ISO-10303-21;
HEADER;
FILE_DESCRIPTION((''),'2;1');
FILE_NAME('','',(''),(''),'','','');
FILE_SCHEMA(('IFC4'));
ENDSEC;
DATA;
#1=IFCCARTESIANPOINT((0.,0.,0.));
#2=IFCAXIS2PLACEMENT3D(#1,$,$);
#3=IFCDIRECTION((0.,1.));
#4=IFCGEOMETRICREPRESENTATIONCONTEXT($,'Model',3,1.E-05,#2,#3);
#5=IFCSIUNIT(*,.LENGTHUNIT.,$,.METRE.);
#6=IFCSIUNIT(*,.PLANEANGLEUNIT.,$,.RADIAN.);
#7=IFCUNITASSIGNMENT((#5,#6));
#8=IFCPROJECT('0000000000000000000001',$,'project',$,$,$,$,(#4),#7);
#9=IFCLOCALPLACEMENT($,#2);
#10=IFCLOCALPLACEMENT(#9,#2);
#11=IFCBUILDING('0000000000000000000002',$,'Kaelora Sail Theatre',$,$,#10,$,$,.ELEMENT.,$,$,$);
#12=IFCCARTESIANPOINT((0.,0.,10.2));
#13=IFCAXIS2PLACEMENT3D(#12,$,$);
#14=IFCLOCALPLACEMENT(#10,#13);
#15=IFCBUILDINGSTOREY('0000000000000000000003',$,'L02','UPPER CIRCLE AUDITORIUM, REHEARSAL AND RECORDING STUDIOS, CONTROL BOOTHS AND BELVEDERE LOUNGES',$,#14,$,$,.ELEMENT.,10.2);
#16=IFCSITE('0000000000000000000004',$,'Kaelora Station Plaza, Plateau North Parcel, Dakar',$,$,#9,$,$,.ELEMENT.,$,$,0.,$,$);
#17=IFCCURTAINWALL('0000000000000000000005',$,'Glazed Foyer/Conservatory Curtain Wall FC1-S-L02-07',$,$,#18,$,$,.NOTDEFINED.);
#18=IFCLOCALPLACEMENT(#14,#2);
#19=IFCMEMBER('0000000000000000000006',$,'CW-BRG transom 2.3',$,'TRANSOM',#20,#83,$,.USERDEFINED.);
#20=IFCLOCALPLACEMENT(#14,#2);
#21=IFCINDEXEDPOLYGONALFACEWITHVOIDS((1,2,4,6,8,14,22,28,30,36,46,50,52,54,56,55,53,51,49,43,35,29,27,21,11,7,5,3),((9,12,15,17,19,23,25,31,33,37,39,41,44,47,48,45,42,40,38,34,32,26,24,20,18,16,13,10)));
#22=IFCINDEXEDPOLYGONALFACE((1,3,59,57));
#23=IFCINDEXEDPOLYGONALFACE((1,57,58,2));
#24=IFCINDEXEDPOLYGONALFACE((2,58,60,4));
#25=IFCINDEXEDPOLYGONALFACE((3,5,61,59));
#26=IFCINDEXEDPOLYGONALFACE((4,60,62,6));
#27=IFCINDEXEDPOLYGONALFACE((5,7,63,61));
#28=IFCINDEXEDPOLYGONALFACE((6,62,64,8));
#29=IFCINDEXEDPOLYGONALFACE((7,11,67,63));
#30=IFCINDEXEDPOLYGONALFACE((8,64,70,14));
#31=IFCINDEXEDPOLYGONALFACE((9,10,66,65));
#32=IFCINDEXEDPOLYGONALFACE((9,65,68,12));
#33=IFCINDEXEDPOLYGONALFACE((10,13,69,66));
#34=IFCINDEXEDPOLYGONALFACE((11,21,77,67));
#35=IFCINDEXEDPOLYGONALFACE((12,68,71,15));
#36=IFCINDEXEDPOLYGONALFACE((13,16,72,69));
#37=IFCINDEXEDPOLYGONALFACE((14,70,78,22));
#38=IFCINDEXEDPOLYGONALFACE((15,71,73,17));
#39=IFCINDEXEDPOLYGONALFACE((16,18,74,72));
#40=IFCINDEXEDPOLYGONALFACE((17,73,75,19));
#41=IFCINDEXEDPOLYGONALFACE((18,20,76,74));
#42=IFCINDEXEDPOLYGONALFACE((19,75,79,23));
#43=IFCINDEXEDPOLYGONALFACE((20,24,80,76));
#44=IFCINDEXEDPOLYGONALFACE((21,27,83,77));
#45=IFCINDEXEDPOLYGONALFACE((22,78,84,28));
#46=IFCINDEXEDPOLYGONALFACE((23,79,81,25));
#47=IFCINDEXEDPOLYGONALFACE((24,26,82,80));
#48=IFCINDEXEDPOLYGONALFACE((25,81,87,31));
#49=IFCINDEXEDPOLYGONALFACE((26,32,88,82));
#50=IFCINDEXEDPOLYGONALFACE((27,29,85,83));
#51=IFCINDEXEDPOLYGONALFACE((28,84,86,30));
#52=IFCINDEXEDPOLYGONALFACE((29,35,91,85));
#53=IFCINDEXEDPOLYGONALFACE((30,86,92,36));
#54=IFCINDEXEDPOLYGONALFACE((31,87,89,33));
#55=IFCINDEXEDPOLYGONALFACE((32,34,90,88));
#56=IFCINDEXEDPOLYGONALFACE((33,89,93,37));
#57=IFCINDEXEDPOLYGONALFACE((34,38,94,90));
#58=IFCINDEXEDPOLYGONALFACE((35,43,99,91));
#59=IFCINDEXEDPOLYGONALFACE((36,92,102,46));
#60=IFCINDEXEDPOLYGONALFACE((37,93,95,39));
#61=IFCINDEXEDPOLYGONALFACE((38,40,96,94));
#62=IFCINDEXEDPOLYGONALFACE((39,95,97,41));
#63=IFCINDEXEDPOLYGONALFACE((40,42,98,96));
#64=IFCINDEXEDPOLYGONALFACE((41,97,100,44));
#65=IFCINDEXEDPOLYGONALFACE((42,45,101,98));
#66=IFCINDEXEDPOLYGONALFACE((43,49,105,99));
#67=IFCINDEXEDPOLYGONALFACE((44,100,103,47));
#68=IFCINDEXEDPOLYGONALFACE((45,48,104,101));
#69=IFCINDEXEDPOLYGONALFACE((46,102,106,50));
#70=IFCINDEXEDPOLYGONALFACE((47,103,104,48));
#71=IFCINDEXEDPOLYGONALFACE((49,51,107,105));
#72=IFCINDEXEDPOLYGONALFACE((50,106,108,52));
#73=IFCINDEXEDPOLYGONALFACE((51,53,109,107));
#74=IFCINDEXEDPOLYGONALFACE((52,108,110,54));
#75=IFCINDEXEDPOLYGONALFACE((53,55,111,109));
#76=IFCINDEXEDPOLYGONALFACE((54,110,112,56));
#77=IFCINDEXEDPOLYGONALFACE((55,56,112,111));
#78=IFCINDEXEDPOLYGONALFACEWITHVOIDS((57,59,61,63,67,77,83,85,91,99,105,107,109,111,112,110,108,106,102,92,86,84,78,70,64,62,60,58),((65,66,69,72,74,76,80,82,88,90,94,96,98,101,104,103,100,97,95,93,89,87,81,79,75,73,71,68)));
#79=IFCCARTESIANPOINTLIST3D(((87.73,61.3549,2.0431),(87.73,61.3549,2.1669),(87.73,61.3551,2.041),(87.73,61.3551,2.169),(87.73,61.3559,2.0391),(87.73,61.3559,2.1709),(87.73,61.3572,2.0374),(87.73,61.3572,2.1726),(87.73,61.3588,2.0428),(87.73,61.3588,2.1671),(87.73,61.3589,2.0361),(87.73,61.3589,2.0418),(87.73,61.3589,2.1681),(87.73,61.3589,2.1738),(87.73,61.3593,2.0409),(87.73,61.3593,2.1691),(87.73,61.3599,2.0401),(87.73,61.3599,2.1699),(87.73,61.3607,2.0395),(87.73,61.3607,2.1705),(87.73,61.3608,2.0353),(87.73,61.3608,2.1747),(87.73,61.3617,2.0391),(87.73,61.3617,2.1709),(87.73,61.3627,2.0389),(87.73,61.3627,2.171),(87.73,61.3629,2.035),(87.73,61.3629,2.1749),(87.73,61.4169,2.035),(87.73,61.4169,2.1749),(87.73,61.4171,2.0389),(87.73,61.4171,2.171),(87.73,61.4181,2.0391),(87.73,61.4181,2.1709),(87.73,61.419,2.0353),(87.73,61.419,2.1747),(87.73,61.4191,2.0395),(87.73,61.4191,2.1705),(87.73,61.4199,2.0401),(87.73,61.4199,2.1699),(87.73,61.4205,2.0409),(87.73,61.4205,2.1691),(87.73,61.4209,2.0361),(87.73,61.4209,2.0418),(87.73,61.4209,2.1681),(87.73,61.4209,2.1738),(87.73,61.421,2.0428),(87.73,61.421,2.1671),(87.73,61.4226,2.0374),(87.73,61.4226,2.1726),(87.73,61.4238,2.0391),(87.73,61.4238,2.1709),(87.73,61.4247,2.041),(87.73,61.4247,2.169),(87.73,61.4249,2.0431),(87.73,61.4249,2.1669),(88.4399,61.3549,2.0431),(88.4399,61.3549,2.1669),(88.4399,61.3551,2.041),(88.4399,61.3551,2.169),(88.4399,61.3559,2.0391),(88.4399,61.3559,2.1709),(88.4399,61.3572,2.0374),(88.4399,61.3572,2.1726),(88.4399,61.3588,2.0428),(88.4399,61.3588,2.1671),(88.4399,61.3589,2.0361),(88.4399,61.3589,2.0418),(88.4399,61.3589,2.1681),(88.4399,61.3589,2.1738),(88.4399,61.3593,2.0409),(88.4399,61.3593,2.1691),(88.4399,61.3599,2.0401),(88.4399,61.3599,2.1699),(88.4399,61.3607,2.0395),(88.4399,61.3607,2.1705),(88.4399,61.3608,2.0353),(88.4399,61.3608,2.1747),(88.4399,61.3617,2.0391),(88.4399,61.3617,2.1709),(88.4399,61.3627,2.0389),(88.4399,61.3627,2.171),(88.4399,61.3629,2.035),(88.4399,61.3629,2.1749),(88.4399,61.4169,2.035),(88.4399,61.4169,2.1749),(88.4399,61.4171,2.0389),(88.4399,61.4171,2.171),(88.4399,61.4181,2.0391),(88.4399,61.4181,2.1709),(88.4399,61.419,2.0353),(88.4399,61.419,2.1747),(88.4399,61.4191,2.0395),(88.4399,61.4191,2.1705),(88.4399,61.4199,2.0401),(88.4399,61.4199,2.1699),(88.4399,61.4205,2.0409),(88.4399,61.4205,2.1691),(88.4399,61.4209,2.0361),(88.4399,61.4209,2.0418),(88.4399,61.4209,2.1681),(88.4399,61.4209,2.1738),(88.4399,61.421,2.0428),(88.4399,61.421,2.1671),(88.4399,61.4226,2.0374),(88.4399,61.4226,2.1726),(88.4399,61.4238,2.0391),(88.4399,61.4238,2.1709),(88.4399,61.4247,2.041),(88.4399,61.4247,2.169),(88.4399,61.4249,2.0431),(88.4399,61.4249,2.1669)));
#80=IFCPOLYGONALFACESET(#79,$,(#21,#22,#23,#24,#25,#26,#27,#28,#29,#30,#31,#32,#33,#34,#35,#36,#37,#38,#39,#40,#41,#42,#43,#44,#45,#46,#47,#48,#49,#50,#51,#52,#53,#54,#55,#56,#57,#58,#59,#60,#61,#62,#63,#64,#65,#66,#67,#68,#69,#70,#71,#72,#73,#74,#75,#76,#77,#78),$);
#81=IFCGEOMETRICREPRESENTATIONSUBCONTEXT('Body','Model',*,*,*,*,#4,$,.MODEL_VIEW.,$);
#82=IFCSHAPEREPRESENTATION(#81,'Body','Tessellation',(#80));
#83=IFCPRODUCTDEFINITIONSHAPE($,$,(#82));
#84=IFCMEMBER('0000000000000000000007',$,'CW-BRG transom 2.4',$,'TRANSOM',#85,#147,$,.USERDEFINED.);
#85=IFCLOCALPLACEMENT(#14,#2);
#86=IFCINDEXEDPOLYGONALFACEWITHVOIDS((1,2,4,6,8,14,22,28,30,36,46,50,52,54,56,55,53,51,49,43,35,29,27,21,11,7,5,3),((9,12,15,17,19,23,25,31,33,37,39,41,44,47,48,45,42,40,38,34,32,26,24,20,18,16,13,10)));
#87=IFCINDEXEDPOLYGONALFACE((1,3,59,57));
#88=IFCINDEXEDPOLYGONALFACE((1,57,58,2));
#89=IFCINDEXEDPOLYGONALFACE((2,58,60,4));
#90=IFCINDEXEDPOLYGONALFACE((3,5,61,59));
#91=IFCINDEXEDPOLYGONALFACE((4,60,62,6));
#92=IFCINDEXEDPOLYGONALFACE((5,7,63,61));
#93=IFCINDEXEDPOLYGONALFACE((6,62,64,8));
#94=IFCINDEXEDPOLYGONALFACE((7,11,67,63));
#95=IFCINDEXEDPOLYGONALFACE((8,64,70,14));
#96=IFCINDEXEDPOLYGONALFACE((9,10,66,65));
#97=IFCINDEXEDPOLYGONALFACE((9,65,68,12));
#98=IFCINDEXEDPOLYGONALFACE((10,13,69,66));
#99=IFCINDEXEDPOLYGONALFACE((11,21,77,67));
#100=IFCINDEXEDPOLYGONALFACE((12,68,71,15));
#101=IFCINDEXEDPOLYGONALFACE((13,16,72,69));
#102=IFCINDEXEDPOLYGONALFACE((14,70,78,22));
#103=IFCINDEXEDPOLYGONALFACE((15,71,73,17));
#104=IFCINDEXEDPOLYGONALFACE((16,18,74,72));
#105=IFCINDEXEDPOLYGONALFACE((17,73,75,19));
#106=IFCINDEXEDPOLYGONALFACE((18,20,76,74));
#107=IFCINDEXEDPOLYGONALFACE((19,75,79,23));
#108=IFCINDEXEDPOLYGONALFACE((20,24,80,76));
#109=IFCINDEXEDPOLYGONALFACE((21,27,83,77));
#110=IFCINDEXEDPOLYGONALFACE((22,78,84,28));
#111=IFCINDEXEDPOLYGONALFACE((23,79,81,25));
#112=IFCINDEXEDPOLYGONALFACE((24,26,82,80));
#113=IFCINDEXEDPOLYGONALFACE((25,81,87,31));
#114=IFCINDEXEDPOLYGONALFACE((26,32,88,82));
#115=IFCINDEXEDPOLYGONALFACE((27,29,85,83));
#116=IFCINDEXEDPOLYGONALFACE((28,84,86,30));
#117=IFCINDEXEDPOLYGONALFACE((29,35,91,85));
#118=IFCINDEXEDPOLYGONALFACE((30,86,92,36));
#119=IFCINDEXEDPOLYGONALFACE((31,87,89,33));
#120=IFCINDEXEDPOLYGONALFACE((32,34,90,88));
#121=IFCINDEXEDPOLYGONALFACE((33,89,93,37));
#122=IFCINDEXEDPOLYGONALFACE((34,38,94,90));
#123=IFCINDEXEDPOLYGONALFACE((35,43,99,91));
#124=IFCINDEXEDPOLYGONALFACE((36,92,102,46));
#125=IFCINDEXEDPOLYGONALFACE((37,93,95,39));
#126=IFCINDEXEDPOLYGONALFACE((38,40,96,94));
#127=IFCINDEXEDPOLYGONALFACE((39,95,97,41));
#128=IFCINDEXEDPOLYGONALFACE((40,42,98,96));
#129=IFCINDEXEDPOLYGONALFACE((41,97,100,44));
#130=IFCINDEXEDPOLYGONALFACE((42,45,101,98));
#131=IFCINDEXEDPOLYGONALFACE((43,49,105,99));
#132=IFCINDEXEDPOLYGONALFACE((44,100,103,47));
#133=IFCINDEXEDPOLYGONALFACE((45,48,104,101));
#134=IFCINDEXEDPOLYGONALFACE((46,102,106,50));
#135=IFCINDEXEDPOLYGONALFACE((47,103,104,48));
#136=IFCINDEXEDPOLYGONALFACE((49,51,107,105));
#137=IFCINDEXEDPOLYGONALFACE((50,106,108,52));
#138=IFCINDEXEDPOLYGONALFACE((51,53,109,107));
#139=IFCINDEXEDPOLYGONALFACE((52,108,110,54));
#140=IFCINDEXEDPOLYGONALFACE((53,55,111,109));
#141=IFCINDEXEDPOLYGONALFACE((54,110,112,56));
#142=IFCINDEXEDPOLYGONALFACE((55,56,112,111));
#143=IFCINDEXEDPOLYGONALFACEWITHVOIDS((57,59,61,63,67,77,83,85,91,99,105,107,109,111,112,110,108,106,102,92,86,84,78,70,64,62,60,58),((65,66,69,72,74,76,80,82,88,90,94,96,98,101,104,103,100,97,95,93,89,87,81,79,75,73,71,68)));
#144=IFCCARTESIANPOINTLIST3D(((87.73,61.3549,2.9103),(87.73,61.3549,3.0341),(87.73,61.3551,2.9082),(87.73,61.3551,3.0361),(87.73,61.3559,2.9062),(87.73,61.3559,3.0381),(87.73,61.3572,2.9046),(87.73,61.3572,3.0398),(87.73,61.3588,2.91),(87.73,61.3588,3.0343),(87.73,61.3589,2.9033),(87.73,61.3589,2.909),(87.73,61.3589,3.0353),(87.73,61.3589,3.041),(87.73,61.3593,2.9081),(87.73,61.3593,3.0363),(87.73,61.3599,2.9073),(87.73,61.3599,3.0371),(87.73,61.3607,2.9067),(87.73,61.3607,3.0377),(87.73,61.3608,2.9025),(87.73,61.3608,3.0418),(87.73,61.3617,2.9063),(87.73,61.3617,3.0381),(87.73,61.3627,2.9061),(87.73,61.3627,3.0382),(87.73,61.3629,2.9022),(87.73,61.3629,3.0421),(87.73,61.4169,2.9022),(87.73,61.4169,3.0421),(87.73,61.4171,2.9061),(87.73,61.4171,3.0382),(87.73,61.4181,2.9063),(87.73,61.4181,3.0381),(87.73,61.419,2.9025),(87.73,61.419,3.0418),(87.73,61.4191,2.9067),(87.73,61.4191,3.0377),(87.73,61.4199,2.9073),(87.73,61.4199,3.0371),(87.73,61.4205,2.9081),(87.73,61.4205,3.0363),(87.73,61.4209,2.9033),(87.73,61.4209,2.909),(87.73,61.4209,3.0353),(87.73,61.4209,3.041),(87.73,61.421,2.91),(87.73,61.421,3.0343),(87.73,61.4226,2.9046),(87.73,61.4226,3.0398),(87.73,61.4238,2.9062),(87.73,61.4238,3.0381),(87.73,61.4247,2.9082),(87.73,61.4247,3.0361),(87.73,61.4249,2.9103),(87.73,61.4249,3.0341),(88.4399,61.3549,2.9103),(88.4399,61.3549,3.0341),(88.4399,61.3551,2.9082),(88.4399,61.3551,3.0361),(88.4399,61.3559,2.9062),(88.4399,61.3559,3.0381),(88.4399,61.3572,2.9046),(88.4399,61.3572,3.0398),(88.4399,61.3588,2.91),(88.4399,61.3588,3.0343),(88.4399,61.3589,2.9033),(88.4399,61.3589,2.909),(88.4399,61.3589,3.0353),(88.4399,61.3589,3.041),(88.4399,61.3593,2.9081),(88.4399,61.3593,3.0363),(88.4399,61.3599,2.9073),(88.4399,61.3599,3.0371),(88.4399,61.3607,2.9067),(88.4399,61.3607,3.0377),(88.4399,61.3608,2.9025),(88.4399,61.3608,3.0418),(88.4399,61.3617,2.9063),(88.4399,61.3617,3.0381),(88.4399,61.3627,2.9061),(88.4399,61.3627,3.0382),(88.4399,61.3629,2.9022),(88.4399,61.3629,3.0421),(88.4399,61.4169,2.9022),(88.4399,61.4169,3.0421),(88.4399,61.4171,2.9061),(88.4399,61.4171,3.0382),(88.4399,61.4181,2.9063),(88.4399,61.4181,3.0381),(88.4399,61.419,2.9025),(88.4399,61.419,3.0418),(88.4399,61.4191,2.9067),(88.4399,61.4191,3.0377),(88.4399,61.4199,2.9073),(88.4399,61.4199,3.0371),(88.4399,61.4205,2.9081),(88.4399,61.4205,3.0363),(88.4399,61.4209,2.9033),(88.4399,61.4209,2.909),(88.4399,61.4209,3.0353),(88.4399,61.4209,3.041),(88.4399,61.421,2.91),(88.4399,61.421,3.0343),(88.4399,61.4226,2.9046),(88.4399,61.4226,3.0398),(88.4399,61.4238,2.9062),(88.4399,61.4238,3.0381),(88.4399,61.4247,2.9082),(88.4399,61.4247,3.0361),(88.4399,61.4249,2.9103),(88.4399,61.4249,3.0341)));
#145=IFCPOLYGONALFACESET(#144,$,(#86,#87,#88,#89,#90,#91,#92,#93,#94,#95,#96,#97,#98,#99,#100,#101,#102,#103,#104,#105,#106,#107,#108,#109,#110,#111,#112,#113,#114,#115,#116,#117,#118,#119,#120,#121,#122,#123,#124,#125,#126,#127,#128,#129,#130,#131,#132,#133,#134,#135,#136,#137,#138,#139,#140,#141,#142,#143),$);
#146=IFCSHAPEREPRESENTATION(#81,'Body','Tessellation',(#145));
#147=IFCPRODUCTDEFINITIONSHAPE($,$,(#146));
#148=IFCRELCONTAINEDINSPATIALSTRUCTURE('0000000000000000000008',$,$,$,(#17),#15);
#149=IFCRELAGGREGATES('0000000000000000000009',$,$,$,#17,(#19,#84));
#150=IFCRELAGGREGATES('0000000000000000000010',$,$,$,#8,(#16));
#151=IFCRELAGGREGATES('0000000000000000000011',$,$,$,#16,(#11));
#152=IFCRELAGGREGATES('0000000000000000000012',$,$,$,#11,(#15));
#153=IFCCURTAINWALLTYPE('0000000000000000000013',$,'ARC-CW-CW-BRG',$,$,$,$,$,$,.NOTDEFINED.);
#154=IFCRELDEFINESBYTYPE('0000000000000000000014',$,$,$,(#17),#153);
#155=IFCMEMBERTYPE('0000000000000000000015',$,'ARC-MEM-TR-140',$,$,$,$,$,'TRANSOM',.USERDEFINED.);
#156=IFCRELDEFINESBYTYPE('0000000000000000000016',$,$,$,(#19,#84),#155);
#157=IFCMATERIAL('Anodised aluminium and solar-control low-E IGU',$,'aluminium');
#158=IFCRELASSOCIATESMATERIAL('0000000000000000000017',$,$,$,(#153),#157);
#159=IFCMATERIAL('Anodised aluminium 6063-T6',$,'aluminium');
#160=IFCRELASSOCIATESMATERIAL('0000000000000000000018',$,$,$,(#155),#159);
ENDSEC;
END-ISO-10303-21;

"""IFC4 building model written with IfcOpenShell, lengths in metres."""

from ifc_helpers import new_model, si_unit, direction, frame, origin, origin_2d, place, context, subcontext, project, spatial, hollow_rectangle, extrude, material, material_profile, profile_set, type_object, element, aggregate, save


model = new_model("IFC4")

# Units and contexts
model_context = context("Model", 3, precision=1e-05, world=origin(), true_north=direction((0.0, 1.0)))
body_context = subcontext(model_context, "Body", "Model", "MODEL_VIEW")
ifc_project = project(units=[si_unit("LENGTHUNIT", "METRE"), si_unit("PLANEANGLEUNIT", "RADIAN")], contexts=[model_context])

# Site, building, storey
site_placement = place(None, origin())
site = spatial("IfcSite", under=ifc_project, at=site_placement, Name="Kaelora Station Plaza, Plateau North Parcel, Dakar", CompositionType="ELEMENT", RefElevation=0.0)
building_placement = place(site_placement, origin())
building = spatial("IfcBuilding", under=site, at=building_placement, Name="Kaelora Sail Theatre", CompositionType="ELEMENT")
storey_placement = place(building_placement, frame((0.0, 0.0, 10.2)))
storey = spatial("IfcBuildingStorey", under=building, at=storey_placement, Name="L02", Description="UPPER CIRCLE AUDITORIUM, REHEARSAL AND RECORDING STUDIOS, CONTROL BOOTHS AND BELVEDERE LOUNGES", CompositionType="ELEMENT", Elevation=10.2)

# Curtain wall
ifc_material_1 = material(Name="Anodised aluminium and solar-control low-E IGU", Category="aluminium")
curtain_wall_type = type_object("IfcCurtainWallType", Name="ARC-CW-CW-BRG", PredefinedType="NOTDEFINED", material=ifc_material_1)
curtain_wall_1_placement = place(storey_placement, origin())
curtain_wall_1 = element("IfcCurtainWall", 1, at=curtain_wall_1_placement, inside=storey, type_object=curtain_wall_type, Name="Glazed Foyer/Conservatory Curtain Wall FC1-S-L02-07", PredefinedType="NOTDEFINED")

# Members
ifc_material_2 = material(Name="Anodised aluminium 6063-T6", Category="aluminium")
ifc_material_profile_1 = material_profile(ifc_material_2, hollow_rectangle(XDim=0.0701, YDim=0.1399, WallThickness=0.0039, InnerFilletRadius=0.0039, OuterFilletRadius=0.0081, at=origin_2d()), Name="ALU-TRAN 70x140x4")
ifc_profile_set_1 = profile_set([ifc_material_profile_1], Name="Anodised aluminium 6063-T6")
member_type_1 = type_object("IfcMemberType", Name="ARC-MEM-TR-140", ElementType="TRANSOM", PredefinedType="USERDEFINED", material=ifc_profile_set_1)
member_1_placement = place(storey_placement, frame((87.73, 61.3899, 2.105), z_axis=(1.0, 0.0, 0.0), x_axis=(0.0, 1.0, 0.0)))
member_1 = element("IfcMember", 2, at=member_1_placement, type_object=member_type_1, Name="CW-BRG transom 2.3", ObjectType="TRANSOM", PredefinedType="USERDEFINED", context=body_context, shape_type="SweptSolid", body=[
    extrude(hollow_rectangle(XDim=0.0701, YDim=0.1399, WallThickness=0.0039, InnerFilletRadius=0.0039, OuterFilletRadius=0.0081, at=origin_2d()), origin(), (0.0, 0.0, 1.0), 0.71),
])
member_2_placement = place(storey_placement, frame((87.73, 61.3899, 2.9722), z_axis=(1.0, 0.0, 0.0), x_axis=(0.0, 1.0, 0.0)))
member_2 = element("IfcMember", 3, at=member_2_placement, type_object=member_type_1, Name="CW-BRG transom 2.4", ObjectType="TRANSOM", PredefinedType="USERDEFINED", context=body_context, shape_type="SweptSolid", body=[
    extrude(hollow_rectangle(XDim=0.0701, YDim=0.1399, WallThickness=0.0039, InnerFilletRadius=0.0039, OuterFilletRadius=0.0081, at=origin_2d()), origin(), (0.0, 0.0, 1.0), 0.71),
])

aggregate(curtain_wall_1, [member_1, member_2])

save(model, "model.ifc")
